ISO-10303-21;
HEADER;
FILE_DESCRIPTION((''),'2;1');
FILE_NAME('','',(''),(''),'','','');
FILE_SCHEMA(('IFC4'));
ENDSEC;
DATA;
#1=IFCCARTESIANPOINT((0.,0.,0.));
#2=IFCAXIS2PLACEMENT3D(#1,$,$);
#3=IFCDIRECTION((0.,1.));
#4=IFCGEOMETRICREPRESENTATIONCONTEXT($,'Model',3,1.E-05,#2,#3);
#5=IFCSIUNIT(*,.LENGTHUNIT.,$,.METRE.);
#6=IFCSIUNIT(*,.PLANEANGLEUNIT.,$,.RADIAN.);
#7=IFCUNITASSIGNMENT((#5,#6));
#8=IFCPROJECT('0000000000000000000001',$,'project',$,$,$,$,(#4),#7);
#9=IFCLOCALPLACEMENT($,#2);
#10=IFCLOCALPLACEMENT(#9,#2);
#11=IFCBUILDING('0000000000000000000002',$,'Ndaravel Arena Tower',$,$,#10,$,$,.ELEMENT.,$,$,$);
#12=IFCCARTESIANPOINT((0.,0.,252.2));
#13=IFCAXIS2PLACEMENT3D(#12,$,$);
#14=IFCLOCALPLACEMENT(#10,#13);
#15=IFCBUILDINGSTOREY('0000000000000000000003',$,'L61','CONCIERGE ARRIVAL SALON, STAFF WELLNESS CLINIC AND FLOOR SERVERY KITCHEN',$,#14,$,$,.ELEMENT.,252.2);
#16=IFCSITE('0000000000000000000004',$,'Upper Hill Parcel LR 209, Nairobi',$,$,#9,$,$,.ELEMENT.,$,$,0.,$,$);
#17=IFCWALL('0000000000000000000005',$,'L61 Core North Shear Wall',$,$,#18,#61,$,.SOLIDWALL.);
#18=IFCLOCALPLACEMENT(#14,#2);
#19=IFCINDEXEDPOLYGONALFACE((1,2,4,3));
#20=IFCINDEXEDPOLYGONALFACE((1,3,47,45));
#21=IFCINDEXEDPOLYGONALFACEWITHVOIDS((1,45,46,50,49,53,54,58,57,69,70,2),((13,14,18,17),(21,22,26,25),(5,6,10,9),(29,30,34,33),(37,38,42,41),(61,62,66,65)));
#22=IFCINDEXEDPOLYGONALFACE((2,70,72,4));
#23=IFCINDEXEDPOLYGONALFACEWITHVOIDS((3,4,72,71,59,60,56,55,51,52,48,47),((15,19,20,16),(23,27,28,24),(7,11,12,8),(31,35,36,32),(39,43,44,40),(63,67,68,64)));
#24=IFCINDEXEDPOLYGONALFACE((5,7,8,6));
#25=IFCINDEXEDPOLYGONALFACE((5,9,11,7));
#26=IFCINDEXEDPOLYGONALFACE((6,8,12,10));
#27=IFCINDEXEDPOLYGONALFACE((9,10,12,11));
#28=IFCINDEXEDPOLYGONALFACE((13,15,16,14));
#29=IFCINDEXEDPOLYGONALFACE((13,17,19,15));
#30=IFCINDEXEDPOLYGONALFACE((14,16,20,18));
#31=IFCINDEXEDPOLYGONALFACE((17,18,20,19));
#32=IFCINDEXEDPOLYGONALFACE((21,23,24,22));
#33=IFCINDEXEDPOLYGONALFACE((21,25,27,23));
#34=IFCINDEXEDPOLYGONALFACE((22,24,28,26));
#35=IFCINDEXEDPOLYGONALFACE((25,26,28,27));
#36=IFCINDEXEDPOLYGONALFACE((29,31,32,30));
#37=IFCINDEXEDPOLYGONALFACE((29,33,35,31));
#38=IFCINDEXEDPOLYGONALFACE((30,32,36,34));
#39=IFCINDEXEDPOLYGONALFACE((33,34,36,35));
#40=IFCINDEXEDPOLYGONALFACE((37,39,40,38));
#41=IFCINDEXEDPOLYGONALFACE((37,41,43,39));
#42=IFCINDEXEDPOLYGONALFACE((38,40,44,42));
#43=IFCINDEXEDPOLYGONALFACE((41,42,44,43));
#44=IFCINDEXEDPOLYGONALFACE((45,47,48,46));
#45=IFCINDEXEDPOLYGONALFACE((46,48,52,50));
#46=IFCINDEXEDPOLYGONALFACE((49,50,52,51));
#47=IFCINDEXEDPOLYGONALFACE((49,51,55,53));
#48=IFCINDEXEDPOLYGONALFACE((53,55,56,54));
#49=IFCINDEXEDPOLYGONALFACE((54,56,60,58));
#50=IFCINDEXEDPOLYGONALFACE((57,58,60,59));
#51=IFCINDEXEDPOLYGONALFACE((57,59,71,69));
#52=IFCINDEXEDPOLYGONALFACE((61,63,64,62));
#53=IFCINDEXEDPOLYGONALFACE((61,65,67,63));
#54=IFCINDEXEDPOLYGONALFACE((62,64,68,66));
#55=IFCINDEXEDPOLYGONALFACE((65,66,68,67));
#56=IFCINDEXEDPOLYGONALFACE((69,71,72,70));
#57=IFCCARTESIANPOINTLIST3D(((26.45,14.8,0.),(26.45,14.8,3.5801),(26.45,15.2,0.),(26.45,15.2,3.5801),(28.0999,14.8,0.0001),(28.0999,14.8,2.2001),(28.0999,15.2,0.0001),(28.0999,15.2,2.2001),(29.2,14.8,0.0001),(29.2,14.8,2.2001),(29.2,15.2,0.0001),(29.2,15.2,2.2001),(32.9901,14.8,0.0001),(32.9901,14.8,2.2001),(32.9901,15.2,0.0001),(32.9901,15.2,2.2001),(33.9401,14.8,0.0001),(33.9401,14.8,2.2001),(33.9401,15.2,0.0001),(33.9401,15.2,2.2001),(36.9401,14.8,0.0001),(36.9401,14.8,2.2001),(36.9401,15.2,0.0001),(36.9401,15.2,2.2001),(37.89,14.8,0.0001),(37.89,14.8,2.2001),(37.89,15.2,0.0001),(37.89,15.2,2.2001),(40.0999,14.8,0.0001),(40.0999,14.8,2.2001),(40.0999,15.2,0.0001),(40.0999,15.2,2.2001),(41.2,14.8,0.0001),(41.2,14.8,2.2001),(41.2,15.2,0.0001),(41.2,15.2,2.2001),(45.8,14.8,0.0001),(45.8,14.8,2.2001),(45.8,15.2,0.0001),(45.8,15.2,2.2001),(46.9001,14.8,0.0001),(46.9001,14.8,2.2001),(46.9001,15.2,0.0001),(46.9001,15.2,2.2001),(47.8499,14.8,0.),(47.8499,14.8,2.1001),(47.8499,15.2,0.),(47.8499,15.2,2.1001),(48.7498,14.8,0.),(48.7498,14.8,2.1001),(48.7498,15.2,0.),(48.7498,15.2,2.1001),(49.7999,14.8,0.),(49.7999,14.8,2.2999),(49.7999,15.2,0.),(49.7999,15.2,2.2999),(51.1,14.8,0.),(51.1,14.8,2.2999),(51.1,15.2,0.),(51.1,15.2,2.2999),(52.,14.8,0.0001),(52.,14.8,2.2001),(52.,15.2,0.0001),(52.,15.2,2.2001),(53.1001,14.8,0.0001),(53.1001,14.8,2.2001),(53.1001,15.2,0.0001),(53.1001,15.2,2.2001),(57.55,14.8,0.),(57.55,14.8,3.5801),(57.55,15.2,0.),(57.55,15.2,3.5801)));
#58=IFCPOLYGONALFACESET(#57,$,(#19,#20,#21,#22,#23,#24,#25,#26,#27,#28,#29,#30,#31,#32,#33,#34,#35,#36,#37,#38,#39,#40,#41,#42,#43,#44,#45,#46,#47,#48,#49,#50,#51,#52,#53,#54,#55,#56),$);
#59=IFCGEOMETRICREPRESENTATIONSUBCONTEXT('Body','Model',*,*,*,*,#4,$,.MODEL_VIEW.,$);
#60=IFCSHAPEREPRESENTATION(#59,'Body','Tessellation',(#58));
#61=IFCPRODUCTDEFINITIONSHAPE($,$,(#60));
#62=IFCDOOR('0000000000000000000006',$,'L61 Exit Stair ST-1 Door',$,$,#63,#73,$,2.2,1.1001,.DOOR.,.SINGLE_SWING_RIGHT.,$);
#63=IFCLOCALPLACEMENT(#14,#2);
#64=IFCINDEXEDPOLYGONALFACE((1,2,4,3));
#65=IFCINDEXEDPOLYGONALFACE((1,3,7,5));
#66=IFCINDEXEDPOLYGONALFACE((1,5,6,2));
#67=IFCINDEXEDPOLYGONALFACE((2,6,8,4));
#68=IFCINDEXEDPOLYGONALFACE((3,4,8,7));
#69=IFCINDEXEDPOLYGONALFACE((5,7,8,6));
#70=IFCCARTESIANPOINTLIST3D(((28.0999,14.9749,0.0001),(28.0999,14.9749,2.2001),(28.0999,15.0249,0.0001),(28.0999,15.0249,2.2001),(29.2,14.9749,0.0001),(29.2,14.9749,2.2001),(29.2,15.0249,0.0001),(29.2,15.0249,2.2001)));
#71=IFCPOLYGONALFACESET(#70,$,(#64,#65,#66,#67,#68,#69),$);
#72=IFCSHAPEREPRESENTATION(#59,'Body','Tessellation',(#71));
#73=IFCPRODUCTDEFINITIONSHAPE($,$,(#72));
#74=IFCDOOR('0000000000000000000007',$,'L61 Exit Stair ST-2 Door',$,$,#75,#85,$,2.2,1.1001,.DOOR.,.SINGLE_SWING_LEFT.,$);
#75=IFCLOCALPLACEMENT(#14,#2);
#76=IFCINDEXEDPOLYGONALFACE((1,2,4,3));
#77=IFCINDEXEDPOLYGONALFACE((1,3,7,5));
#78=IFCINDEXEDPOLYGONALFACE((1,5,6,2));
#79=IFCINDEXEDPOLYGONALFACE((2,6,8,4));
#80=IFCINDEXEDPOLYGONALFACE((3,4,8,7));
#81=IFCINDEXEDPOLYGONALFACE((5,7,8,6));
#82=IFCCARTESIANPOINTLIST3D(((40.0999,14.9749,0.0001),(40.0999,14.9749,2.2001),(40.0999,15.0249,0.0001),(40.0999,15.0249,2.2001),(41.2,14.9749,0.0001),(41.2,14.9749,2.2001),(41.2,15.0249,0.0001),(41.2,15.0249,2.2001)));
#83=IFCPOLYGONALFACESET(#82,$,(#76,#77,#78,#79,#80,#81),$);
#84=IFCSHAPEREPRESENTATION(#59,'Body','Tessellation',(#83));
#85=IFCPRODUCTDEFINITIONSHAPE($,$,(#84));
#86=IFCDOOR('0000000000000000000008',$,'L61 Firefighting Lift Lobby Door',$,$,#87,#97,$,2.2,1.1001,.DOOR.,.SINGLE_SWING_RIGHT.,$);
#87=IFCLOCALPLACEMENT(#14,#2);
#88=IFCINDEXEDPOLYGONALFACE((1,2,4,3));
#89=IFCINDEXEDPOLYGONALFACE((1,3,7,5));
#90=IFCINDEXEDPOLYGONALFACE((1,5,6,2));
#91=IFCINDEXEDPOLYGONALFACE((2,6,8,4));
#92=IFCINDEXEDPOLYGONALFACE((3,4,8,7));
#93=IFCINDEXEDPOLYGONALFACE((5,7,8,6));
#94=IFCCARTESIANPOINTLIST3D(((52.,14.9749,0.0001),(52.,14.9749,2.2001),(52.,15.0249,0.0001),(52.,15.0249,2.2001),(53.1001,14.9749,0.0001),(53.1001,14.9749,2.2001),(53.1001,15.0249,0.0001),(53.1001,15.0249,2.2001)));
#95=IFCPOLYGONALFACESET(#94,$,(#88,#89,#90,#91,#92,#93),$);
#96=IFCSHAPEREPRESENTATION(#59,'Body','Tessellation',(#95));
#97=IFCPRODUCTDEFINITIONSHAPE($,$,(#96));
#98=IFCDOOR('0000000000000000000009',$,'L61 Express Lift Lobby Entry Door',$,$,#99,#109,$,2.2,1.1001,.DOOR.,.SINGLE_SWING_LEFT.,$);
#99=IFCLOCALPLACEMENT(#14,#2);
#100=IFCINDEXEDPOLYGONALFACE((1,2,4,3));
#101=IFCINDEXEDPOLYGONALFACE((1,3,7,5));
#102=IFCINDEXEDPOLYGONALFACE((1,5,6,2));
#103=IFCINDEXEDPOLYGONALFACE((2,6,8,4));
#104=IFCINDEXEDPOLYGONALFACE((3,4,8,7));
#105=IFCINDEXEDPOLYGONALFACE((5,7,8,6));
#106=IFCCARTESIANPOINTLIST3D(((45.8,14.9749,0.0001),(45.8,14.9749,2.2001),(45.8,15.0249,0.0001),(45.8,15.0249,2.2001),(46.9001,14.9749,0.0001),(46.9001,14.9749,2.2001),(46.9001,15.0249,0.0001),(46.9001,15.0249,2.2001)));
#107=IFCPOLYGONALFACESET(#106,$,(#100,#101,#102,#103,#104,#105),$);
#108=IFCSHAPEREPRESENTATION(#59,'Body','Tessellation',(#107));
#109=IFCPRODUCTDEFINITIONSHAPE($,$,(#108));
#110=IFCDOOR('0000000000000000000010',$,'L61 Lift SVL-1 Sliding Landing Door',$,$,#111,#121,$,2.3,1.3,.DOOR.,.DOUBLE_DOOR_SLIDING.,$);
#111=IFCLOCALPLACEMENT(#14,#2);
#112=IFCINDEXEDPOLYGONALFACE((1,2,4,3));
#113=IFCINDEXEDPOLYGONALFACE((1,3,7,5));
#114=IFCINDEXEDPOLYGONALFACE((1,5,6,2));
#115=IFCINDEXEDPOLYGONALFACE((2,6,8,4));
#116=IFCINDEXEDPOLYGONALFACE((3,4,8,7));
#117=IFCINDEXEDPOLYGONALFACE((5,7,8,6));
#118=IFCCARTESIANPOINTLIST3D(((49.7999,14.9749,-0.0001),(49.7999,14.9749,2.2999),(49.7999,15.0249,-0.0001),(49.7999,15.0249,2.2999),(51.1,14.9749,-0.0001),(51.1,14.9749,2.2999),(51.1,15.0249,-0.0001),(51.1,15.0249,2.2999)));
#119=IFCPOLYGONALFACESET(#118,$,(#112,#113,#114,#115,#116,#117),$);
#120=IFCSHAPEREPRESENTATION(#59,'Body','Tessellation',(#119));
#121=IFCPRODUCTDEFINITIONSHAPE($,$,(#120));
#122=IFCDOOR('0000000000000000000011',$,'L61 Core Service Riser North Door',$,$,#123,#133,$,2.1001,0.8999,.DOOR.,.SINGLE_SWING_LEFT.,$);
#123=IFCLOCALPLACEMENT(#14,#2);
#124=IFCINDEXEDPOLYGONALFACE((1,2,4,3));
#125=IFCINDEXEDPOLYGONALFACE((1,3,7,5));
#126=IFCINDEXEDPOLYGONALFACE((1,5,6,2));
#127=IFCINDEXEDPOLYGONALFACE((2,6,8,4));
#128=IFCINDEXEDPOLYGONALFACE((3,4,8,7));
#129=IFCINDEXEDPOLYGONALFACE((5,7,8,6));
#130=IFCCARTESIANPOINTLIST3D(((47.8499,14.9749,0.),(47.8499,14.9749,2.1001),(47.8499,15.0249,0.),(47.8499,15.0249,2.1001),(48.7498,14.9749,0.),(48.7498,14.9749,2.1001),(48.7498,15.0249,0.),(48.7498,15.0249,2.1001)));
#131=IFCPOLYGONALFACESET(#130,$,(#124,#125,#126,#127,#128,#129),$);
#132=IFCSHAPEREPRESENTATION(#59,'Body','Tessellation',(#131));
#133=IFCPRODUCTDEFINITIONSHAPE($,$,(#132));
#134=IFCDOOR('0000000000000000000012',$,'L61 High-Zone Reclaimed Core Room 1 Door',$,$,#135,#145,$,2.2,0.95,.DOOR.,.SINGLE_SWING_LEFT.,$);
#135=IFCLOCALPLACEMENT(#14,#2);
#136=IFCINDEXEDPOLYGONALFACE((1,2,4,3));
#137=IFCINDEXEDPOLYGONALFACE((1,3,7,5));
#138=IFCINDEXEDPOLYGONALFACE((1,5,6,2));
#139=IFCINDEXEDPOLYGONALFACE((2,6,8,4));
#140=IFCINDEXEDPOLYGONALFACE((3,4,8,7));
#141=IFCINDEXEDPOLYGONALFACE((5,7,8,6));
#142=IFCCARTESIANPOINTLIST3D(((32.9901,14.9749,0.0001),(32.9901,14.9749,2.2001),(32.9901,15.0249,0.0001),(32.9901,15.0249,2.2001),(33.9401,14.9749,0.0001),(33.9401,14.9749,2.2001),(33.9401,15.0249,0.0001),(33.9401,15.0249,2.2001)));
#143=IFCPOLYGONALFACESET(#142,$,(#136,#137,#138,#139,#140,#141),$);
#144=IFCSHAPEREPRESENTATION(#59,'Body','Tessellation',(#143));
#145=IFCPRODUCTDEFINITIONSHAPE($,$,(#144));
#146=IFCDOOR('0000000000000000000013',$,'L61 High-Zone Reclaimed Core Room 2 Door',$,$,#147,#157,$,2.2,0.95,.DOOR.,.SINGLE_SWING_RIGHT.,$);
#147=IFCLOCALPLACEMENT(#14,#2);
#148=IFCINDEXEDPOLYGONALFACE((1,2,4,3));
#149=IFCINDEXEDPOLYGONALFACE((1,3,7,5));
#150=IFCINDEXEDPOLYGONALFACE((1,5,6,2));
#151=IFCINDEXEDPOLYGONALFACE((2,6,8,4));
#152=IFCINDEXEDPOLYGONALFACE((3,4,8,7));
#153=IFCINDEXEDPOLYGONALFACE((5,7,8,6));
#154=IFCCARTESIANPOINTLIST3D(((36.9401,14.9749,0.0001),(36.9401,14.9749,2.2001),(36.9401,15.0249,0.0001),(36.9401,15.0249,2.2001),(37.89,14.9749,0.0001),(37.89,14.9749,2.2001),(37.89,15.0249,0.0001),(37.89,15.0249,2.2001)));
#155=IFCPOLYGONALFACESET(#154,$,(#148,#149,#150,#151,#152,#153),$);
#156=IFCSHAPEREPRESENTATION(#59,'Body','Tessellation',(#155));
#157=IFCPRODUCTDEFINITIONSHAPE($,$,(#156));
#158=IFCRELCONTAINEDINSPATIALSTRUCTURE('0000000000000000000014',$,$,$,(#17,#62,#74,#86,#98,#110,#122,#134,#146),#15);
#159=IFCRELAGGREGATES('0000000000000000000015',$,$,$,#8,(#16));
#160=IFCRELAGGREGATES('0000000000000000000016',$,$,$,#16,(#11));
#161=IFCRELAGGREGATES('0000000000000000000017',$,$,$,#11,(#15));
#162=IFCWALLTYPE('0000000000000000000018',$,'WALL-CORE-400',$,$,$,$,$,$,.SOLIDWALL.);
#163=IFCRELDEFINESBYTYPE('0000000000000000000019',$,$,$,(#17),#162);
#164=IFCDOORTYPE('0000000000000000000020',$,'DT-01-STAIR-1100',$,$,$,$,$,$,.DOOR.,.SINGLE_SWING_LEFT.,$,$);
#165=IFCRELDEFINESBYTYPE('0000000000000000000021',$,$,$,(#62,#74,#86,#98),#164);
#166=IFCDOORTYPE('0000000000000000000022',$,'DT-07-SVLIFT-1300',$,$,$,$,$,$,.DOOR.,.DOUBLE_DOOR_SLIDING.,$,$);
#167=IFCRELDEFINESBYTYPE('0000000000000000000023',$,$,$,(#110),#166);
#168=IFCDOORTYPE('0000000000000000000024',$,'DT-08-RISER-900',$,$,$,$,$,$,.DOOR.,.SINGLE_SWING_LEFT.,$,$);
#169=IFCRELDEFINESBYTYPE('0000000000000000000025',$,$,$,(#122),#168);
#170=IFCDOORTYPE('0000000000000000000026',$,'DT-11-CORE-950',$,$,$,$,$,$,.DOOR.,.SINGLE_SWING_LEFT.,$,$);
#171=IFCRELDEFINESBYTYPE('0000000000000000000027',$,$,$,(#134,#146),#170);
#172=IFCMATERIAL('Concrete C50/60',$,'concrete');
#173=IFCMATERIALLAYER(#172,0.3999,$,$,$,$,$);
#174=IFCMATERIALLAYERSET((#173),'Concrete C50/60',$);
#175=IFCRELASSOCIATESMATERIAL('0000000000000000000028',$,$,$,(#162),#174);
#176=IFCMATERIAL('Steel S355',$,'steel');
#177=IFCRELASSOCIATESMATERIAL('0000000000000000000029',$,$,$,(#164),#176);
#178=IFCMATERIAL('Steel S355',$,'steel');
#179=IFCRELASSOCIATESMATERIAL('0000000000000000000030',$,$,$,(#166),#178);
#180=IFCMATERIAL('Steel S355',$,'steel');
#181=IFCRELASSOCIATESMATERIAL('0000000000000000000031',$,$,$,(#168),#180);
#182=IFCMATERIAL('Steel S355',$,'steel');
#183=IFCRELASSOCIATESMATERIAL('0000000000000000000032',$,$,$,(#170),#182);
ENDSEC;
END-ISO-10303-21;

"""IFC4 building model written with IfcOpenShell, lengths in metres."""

from ifc_helpers import new_model, si_unit, direction, frame, frame_2d, origin, place, context, subcontext, project, spatial, rectangle, extrude, material, layer, layer_set, type_object, element, fill, save


model = new_model("IFC4")

# Units and contexts
model_context = context("Model", 3, precision=1e-05, world=origin(), true_north=direction((0.0, 1.0)))
body_context = subcontext(model_context, "Body", "Model", "MODEL_VIEW")
ifc_project = project(units=[si_unit("LENGTHUNIT", "METRE"), si_unit("PLANEANGLEUNIT", "RADIAN")], contexts=[model_context])

# Site, building, storey
site_placement = place(None, origin())
site = spatial("IfcSite", under=ifc_project, at=site_placement, Name="Upper Hill Parcel LR 209, Nairobi", CompositionType="ELEMENT", RefElevation=0.0)
building_placement = place(site_placement, origin())
building = spatial("IfcBuilding", under=site, at=building_placement, Name="Ndaravel Arena Tower", CompositionType="ELEMENT")
storey_placement = place(building_placement, frame((0.0, 0.0, 252.2)))
storey = spatial("IfcBuildingStorey", under=building, at=storey_placement, Name="L61", Description="CONCIERGE ARRIVAL SALON, STAFF WELLNESS CLINIC AND FLOOR SERVERY KITCHEN", CompositionType="ELEMENT", Elevation=252.2)

# Wall, openings, doors
ifc_material_1 = material(Name="Concrete C50/60", Category="concrete")
ifc_layer_1 = layer(ifc_material_1, 0.3999)
ifc_layer_set_1 = layer_set([ifc_layer_1], Name="Concrete C50/60")
wall_type_1 = type_object("IfcWallType", Name="WALL-CORE-400", PredefinedType="SOLIDWALL", material=ifc_layer_set_1)
wall_1_placement = place(storey_placement, frame((26.45, 15.0, 0.0), z_axis=(0.0, 0.0, 1.0), x_axis=(1.0, 0.0, 0.0)))
wall_1 = element("IfcWall", 1, at=wall_1_placement, inside=storey, type_object=wall_type_1, Name="L61 Core North Shear Wall", PredefinedType="SOLIDWALL", context=body_context, shape_type="SweptSolid", body=[
    extrude(rectangle(XDim=31.1001, YDim=0.3999, at=frame_2d((15.55, 0.0))), origin(), (0.0, 0.0, 1.0), 3.5801),
])
opening_1_placement = place(wall_1_placement, frame((1.6499, 0.0, 0.0)))
opening_1 = element("IfcOpeningElement", 2, at=opening_1_placement, cuts=wall_1, PredefinedType="OPENING", context=body_context, shape_type="SweptSolid", body=[
    extrude(rectangle(XDim=1.1001, YDim=2.2, at=frame_2d((0.55, 1.1001))), frame((0.0, 0.2, 0.0), z_axis=(0.0, -1.0, 0.0), x_axis=(1.0, 0.0, 0.0)), (0.0, 0.0, 1.0), 0.3999),
])
opening_2_placement = place(wall_1_placement, frame((13.6499, 0.0, 0.0)))
opening_2 = element("IfcOpeningElement", 3, at=opening_2_placement, cuts=wall_1, PredefinedType="OPENING", context=body_context, shape_type="SweptSolid", body=[
    extrude(rectangle(XDim=1.1001, YDim=2.2, at=frame_2d((0.55, 1.1001))), frame((0.0, 0.2, 0.0), z_axis=(0.0, -1.0, 0.0), x_axis=(1.0, 0.0, 0.0)), (0.0, 0.0, 1.0), 0.3999),
])
opening_3_placement = place(wall_1_placement, frame((25.55, 0.0, 0.0)))
opening_3 = element("IfcOpeningElement", 4, at=opening_3_placement, cuts=wall_1, PredefinedType="OPENING", context=body_context, shape_type="SweptSolid", body=[
    extrude(rectangle(XDim=1.1001, YDim=2.2, at=frame_2d((0.55, 1.1001))), frame((0.0, 0.2, 0.0), z_axis=(0.0, -1.0, 0.0), x_axis=(1.0, 0.0, 0.0)), (0.0, 0.0, 1.0), 0.3999),
])
opening_4_placement = place(wall_1_placement, frame((19.3501, 0.0, 0.0)))
opening_4 = element("IfcOpeningElement", 5, at=opening_4_placement, cuts=wall_1, PredefinedType="OPENING", context=body_context, shape_type="SweptSolid", body=[
    extrude(rectangle(XDim=1.1001, YDim=2.2, at=frame_2d((0.55, 1.1001))), frame((0.0, 0.2, 0.0), z_axis=(0.0, -1.0, 0.0), x_axis=(1.0, 0.0, 0.0)), (0.0, 0.0, 1.0), 0.3999),
])
opening_5_placement = place(wall_1_placement, frame((21.3999, 0.0, 0.0)))
opening_5 = element("IfcOpeningElement", 6, at=opening_5_placement, cuts=wall_1, PredefinedType="OPENING", context=body_context, shape_type="SweptSolid", body=[
    extrude(rectangle(XDim=0.8999, YDim=2.1001, at=frame_2d((0.45, 1.05))), frame((0.0, 0.2, 0.0), z_axis=(0.0, -1.0, 0.0), x_axis=(1.0, 0.0, 0.0)), (0.0, 0.0, 1.0), 0.3999),
])
opening_6_placement = place(wall_1_placement, frame((6.54, 0.0, 0.0)))
opening_6 = element("IfcOpeningElement", 7, at=opening_6_placement, cuts=wall_1, PredefinedType="OPENING", context=body_context, shape_type="SweptSolid", body=[
    extrude(rectangle(XDim=0.95, YDim=2.2, at=frame_2d((0.4751, 1.1001))), frame((0.0, 0.2, 0.0), z_axis=(0.0, -1.0, 0.0), x_axis=(1.0, 0.0, 0.0)), (0.0, 0.0, 1.0), 0.3999),
])
opening_7_placement = place(wall_1_placement, frame((10.49, 0.0, 0.0)))
opening_7 = element("IfcOpeningElement", 8, at=opening_7_placement, cuts=wall_1, PredefinedType="OPENING", context=body_context, shape_type="SweptSolid", body=[
    extrude(rectangle(XDim=0.95, YDim=2.2, at=frame_2d((0.4751, 1.1001))), frame((0.0, 0.2, 0.0), z_axis=(0.0, -1.0, 0.0), x_axis=(1.0, 0.0, 0.0)), (0.0, 0.0, 1.0), 0.3999),
])
opening_8_placement = place(wall_1_placement, frame((23.3501, 0.0, 0.0)))
opening_8 = element("IfcOpeningElement", 9, at=opening_8_placement, cuts=wall_1, PredefinedType="OPENING", context=body_context, shape_type="SweptSolid", body=[
    extrude(rectangle(XDim=1.3, YDim=2.3, at=frame_2d((0.6499, 1.1499))), frame((0.0, 0.2, 0.0), z_axis=(0.0, -1.0, 0.0), x_axis=(1.0, 0.0, 0.0)), (0.0, 0.0, 1.0), 0.3999),
])
ifc_material_2 = material(Name="Steel S355", Category="steel")
door_type_1 = type_object("IfcDoorType", Name="DT-01-STAIR-1100", OperationType="SINGLE_SWING_LEFT", PredefinedType="DOOR", material=ifc_material_2)
door_1_placement = place(opening_1_placement, origin())
door_1 = element("IfcDoor", 10, at=door_1_placement, inside=storey, type_object=door_type_1, Name="L61 Exit Stair ST-1 Door", OperationType="SINGLE_SWING_RIGHT", OverallHeight=2.2, OverallWidth=1.1001, PredefinedType="DOOR", context=body_context, shape_type="SweptSolid", body=[
    extrude(rectangle(XDim=1.1001, YDim=2.2, at=frame_2d((0.55, 1.1001))), frame((0.0, 0.0249, 0.0), z_axis=(0.0, -1.0, 0.0), x_axis=(1.0, 0.0, 0.0)), (0.0, 0.0, 1.0), 0.05),
])
fill(opening_1, door_1)
door_2_placement = place(opening_2_placement, origin())
door_2 = element("IfcDoor", 11, at=door_2_placement, inside=storey, type_object=door_type_1, Name="L61 Exit Stair ST-2 Door", OperationType="SINGLE_SWING_LEFT", OverallHeight=2.2, OverallWidth=1.1001, PredefinedType="DOOR", context=body_context, shape_type="SweptSolid", body=[
    extrude(rectangle(XDim=1.1001, YDim=2.2, at=frame_2d((0.55, 1.1001))), frame((0.0, 0.0249, 0.0), z_axis=(0.0, -1.0, 0.0), x_axis=(1.0, 0.0, 0.0)), (0.0, 0.0, 1.0), 0.05),
])
fill(opening_2, door_2)
door_3_placement = place(opening_3_placement, origin())
door_3 = element("IfcDoor", 12, at=door_3_placement, inside=storey, type_object=door_type_1, Name="L61 Firefighting Lift Lobby Door", OperationType="SINGLE_SWING_RIGHT", OverallHeight=2.2, OverallWidth=1.1001, PredefinedType="DOOR", context=body_context, shape_type="SweptSolid", body=[
    extrude(rectangle(XDim=1.1001, YDim=2.2, at=frame_2d((0.55, 1.1001))), frame((0.0, 0.0249, 0.0), z_axis=(0.0, -1.0, 0.0), x_axis=(1.0, 0.0, 0.0)), (0.0, 0.0, 1.0), 0.05),
])
fill(opening_3, door_3)
door_4_placement = place(opening_4_placement, origin())
door_4 = element("IfcDoor", 13, at=door_4_placement, inside=storey, type_object=door_type_1, Name="L61 Express Lift Lobby Entry Door", OperationType="SINGLE_SWING_LEFT", OverallHeight=2.2, OverallWidth=1.1001, PredefinedType="DOOR", context=body_context, shape_type="SweptSolid", body=[
    extrude(rectangle(XDim=1.1001, YDim=2.2, at=frame_2d((0.55, 1.1001))), frame((0.0, 0.0249, 0.0), z_axis=(0.0, -1.0, 0.0), x_axis=(1.0, 0.0, 0.0)), (0.0, 0.0, 1.0), 0.05),
])
fill(opening_4, door_4)
ifc_material_3 = material(Name="Steel S355", Category="steel")
door_type_2 = type_object("IfcDoorType", Name="DT-07-SVLIFT-1300", OperationType="DOUBLE_DOOR_SLIDING", PredefinedType="DOOR", material=ifc_material_3)
door_5_placement = place(opening_8_placement, origin())
door_5 = element("IfcDoor", 14, at=door_5_placement, inside=storey, type_object=door_type_2, Name="L61 Lift SVL-1 Sliding Landing Door", OperationType="DOUBLE_DOOR_SLIDING", OverallHeight=2.3, OverallWidth=1.3, PredefinedType="DOOR", context=body_context, shape_type="SweptSolid", body=[
    extrude(rectangle(XDim=1.3, YDim=2.3, at=frame_2d((0.6499, 1.1499))), frame((0.0, 0.0249, 0.0), z_axis=(0.0, -1.0, 0.0), x_axis=(1.0, 0.0, 0.0)), (0.0, 0.0, 1.0), 0.05),
])
fill(opening_8, door_5)
ifc_material_4 = material(Name="Steel S355", Category="steel")
door_type_3 = type_object("IfcDoorType", Name="DT-08-RISER-900", OperationType="SINGLE_SWING_LEFT", PredefinedType="DOOR", material=ifc_material_4)
door_6_placement = place(opening_5_placement, origin())
door_6 = element("IfcDoor", 15, at=door_6_placement, inside=storey, type_object=door_type_3, Name="L61 Core Service Riser North Door", OperationType="SINGLE_SWING_LEFT", OverallHeight=2.1001, OverallWidth=0.8999, PredefinedType="DOOR", context=body_context, shape_type="SweptSolid", body=[
    extrude(rectangle(XDim=0.8999, YDim=2.1001, at=frame_2d((0.45, 1.05))), frame((0.0, 0.0249, 0.0), z_axis=(0.0, -1.0, 0.0), x_axis=(1.0, 0.0, 0.0)), (0.0, 0.0, 1.0), 0.05),
])
fill(opening_5, door_6)
ifc_material_5 = material(Name="Steel S355", Category="steel")
door_type_4 = type_object("IfcDoorType", Name="DT-11-CORE-950", OperationType="SINGLE_SWING_LEFT", PredefinedType="DOOR", material=ifc_material_5)
door_7_placement = place(opening_6_placement, origin())
door_7 = element("IfcDoor", 16, at=door_7_placement, inside=storey, type_object=door_type_4, Name="L61 High-Zone Reclaimed Core Room 1 Door", OperationType="SINGLE_SWING_LEFT", OverallHeight=2.2, OverallWidth=0.95, PredefinedType="DOOR", context=body_context, shape_type="SweptSolid", body=[
    extrude(rectangle(XDim=0.95, YDim=2.2, at=frame_2d((0.4751, 1.1001))), frame((0.0, 0.0249, 0.0), z_axis=(0.0, -1.0, 0.0), x_axis=(1.0, 0.0, 0.0)), (0.0, 0.0, 1.0), 0.05),
])
fill(opening_6, door_7)
door_8_placement = place(opening_7_placement, origin())
door_8 = element("IfcDoor", 17, at=door_8_placement, inside=storey, type_object=door_type_4, Name="L61 High-Zone Reclaimed Core Room 2 Door", OperationType="SINGLE_SWING_RIGHT", OverallHeight=2.2, OverallWidth=0.95, PredefinedType="DOOR", context=body_context, shape_type="SweptSolid", body=[
    extrude(rectangle(XDim=0.95, YDim=2.2, at=frame_2d((0.4751, 1.1001))), frame((0.0, 0.0249, 0.0), z_axis=(0.0, -1.0, 0.0), x_axis=(1.0, 0.0, 0.0)), (0.0, 0.0, 1.0), 0.05),
])
fill(opening_7, door_8)

save(model, "model.ifc")
